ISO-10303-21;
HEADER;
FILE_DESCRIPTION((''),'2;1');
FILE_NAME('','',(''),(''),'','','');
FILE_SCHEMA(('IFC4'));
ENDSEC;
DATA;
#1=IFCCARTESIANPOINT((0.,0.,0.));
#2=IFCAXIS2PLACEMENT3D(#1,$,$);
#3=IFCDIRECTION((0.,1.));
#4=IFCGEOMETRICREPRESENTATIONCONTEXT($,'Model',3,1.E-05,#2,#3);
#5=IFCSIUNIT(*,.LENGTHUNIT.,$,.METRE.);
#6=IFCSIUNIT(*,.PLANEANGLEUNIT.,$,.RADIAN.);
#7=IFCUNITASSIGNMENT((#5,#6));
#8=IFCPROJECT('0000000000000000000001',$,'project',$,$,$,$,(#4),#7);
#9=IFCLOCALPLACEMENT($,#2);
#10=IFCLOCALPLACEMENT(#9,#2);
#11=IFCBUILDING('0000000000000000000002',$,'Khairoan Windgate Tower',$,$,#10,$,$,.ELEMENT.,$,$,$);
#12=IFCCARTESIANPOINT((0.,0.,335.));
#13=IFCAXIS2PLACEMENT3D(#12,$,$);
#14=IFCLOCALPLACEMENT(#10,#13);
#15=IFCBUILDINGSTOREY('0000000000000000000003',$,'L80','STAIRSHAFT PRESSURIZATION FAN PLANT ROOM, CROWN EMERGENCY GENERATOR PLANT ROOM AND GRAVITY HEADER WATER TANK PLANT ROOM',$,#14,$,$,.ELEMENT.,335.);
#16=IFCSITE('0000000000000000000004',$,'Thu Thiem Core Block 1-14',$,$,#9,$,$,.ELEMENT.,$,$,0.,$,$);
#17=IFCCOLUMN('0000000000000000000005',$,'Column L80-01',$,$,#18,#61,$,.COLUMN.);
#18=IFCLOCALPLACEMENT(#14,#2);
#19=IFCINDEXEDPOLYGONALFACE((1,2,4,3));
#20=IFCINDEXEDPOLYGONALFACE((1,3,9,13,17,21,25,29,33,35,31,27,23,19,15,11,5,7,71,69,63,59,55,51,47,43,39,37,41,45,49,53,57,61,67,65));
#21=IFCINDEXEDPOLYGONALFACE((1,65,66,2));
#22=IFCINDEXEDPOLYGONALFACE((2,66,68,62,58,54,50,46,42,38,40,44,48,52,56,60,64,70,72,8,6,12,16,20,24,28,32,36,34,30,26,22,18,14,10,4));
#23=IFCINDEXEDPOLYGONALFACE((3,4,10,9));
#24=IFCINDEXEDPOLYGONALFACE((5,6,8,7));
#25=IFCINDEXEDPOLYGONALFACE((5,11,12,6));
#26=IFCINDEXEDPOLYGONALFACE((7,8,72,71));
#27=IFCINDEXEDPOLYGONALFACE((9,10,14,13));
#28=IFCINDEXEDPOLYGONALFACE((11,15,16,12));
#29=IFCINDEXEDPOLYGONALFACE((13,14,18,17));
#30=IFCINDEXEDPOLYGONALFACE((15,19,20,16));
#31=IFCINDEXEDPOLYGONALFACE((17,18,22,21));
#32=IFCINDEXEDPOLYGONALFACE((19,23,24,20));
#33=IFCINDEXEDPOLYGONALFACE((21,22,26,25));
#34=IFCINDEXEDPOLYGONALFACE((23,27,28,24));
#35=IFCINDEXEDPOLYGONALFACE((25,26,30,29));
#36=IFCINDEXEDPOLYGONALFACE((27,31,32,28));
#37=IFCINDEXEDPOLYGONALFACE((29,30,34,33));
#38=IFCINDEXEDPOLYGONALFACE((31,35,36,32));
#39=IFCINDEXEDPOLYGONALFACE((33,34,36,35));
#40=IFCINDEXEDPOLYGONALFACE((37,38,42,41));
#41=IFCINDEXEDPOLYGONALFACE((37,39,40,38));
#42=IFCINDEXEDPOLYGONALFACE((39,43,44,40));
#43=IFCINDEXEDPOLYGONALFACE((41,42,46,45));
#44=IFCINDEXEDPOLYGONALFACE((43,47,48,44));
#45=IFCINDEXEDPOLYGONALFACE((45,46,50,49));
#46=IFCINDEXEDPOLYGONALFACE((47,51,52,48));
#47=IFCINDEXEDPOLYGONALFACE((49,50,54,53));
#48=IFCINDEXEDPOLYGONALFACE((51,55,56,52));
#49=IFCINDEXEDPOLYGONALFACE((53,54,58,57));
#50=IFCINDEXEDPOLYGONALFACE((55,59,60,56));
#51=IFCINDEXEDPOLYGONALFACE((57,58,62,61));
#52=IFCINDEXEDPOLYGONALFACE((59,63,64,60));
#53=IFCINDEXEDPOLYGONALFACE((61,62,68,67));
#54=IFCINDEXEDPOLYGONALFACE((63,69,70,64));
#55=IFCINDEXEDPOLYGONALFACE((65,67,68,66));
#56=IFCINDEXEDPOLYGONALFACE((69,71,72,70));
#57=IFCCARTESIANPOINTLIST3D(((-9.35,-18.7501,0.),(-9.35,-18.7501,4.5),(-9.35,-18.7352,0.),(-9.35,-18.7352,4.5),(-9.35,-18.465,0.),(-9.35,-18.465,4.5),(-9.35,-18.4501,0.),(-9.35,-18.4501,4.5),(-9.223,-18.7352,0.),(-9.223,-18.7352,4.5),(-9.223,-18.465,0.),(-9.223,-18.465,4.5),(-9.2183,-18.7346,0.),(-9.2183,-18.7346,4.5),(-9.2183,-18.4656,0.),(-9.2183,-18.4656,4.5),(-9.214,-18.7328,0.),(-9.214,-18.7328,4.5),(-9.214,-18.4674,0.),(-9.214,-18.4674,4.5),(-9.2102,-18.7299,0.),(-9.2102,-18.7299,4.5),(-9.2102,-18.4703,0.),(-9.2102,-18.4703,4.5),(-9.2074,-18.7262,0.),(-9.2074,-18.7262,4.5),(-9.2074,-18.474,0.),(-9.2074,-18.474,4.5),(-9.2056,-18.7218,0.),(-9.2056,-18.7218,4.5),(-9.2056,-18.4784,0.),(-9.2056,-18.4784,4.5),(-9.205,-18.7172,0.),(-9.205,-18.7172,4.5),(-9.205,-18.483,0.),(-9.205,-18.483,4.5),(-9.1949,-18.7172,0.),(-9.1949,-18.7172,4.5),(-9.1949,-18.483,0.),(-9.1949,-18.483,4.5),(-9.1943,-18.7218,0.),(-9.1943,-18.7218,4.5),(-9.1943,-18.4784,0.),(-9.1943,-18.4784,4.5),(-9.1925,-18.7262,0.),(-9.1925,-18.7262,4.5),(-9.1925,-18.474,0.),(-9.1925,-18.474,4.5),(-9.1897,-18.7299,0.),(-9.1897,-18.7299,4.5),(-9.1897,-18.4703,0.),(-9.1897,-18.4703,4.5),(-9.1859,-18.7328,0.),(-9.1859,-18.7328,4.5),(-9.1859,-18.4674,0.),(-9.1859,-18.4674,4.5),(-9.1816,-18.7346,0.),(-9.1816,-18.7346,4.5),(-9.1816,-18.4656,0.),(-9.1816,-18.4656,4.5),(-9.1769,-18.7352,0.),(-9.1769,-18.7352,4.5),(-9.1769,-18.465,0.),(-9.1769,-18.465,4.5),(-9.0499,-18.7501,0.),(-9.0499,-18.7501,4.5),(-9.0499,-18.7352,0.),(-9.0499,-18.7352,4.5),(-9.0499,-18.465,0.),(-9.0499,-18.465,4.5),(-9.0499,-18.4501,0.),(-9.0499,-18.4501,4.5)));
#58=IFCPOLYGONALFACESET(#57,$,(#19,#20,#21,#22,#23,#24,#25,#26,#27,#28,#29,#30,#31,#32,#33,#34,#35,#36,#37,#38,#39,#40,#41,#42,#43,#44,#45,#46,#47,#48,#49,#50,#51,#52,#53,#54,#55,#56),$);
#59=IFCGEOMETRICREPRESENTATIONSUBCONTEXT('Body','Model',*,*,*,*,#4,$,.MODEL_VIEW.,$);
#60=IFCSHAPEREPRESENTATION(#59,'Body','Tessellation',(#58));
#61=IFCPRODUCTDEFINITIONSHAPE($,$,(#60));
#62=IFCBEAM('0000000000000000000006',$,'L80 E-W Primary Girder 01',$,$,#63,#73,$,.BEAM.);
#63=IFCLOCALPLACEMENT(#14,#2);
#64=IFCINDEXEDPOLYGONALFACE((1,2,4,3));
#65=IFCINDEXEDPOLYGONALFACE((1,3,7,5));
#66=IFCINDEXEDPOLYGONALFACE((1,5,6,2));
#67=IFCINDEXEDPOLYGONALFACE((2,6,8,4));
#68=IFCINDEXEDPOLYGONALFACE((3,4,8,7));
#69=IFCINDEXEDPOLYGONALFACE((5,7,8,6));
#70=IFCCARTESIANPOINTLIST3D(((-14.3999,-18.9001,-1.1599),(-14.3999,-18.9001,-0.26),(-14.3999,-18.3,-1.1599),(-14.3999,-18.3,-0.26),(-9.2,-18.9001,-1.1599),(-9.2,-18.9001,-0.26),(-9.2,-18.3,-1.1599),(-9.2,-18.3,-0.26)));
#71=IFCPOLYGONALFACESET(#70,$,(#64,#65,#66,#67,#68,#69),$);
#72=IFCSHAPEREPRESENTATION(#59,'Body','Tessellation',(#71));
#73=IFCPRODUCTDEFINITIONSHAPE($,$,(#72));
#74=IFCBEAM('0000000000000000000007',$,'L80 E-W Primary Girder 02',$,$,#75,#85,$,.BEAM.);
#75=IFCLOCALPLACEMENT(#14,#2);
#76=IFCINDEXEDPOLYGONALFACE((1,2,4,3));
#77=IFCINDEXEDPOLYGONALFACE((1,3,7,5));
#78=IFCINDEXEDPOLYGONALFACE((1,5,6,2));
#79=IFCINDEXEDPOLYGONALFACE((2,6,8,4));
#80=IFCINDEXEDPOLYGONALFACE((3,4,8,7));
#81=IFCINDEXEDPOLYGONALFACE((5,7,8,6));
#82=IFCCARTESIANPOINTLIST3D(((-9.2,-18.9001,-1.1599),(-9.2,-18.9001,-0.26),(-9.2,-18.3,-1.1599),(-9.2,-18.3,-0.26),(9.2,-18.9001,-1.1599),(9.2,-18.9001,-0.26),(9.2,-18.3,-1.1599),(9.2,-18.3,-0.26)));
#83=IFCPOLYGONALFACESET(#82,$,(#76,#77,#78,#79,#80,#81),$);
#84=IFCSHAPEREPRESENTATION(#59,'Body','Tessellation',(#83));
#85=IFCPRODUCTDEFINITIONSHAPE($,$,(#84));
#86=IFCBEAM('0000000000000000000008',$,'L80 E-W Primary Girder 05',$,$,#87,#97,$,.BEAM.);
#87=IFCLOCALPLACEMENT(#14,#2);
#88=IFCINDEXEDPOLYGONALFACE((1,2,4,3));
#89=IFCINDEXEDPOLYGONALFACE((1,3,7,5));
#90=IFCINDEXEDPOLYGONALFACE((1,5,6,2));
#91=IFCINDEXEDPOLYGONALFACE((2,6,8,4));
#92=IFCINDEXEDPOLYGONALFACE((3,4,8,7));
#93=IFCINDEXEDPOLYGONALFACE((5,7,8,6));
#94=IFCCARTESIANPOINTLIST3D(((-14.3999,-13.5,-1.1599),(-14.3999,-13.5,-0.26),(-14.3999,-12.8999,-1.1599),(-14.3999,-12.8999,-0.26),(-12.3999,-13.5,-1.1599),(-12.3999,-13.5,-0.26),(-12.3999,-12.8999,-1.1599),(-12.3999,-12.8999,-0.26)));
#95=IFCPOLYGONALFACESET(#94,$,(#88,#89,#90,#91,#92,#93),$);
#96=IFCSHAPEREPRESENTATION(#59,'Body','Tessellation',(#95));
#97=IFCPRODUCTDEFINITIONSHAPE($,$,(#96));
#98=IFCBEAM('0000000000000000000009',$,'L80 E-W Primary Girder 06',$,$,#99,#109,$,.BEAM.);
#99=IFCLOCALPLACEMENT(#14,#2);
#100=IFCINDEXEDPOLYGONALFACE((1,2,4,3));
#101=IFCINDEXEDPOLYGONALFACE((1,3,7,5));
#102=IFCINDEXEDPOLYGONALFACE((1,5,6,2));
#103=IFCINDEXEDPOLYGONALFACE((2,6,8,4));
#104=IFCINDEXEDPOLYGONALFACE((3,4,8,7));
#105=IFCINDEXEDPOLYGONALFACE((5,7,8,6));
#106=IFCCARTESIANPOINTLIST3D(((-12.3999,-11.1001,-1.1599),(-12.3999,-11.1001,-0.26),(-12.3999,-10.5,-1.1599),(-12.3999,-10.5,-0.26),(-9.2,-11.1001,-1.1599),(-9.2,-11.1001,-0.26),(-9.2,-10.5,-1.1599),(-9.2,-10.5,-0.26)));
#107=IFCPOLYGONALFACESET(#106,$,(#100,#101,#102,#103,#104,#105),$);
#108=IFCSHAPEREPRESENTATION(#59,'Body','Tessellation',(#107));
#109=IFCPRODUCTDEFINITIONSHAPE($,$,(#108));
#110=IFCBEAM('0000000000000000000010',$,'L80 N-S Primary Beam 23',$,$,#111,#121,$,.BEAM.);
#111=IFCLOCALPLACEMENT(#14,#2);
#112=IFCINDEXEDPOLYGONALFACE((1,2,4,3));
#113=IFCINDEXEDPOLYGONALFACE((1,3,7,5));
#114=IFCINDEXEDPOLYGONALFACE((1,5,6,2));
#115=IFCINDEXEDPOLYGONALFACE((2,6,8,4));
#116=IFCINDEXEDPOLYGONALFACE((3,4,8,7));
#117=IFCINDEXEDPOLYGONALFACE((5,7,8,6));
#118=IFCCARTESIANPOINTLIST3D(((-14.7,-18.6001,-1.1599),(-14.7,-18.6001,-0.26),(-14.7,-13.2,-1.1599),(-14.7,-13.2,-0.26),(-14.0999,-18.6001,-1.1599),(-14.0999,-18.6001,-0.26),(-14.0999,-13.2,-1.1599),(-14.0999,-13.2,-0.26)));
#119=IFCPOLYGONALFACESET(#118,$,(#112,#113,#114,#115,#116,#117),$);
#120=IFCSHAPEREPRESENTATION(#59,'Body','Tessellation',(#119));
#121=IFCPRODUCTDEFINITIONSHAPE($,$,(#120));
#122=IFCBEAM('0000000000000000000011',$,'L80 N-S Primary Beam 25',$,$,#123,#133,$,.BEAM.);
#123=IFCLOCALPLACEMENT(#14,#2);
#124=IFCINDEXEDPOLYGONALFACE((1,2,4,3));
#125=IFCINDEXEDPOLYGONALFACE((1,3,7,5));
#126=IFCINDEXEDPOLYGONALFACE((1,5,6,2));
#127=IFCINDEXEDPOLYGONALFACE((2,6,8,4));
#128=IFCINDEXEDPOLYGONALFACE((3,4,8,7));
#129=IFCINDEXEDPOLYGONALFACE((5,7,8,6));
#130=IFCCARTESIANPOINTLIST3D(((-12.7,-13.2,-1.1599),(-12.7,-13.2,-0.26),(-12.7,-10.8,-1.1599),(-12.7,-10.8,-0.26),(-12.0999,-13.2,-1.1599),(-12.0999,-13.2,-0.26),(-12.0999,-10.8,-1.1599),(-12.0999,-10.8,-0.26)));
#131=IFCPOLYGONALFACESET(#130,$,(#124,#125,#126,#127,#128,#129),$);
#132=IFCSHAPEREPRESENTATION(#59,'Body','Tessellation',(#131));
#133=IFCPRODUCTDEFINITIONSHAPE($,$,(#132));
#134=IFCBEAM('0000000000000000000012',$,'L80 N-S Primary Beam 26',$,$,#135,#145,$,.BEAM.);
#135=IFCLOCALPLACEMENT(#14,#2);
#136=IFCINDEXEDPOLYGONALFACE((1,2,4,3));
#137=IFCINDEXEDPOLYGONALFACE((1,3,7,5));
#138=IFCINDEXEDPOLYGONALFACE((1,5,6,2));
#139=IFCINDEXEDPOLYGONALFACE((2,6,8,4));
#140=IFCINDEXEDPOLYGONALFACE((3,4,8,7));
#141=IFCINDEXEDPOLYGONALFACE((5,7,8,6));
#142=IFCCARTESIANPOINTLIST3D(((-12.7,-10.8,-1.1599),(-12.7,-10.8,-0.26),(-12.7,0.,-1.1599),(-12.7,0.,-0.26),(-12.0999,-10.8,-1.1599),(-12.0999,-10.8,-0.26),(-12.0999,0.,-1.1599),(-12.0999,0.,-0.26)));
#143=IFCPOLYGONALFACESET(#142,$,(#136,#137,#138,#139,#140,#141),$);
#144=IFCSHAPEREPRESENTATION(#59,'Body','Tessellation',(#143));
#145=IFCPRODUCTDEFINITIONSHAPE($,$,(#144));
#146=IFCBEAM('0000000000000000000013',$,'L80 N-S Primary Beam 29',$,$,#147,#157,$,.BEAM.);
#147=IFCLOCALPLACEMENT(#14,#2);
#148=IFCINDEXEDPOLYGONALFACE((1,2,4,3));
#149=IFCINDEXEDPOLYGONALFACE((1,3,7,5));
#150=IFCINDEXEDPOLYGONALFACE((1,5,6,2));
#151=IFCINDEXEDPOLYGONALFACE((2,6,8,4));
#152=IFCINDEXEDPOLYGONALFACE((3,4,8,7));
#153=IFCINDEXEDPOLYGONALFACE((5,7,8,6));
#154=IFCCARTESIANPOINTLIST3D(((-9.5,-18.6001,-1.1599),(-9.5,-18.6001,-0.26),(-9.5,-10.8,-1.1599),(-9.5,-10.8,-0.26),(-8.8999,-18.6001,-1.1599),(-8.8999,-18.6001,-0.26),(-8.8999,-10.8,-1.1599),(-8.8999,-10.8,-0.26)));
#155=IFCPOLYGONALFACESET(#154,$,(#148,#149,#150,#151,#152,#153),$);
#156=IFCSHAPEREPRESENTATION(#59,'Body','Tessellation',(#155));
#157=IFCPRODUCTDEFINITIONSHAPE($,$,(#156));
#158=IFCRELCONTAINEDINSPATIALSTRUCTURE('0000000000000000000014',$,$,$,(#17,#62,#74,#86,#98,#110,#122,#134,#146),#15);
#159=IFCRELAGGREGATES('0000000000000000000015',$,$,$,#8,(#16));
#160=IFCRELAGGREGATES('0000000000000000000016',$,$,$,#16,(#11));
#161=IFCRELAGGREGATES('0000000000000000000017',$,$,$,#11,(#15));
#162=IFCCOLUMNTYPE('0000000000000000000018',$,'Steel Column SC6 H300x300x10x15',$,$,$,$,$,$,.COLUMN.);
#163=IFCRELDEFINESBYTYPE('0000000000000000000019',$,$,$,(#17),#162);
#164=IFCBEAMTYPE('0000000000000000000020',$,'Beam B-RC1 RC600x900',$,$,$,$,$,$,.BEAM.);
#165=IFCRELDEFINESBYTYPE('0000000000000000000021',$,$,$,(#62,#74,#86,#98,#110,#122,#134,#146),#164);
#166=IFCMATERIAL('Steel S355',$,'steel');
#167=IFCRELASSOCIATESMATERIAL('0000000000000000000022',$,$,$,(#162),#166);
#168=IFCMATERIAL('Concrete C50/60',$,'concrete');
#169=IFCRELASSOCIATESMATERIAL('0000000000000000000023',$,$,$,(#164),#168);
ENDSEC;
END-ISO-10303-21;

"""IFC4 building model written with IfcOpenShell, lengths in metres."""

from ifc_helpers import new_model, si_unit, direction, frame, origin, origin_2d, place, context, subcontext, project, spatial, rectangle, i_section, extrude, material, material_profile, profile_set, type_object, element, save


model = new_model("IFC4")

# Units and contexts
model_context = context("Model", 3, precision=1e-05, world=origin(), true_north=direction((0.0, 1.0)))
body_context = subcontext(model_context, "Body", "Model", "MODEL_VIEW")
ifc_project = project(units=[si_unit("LENGTHUNIT", "METRE"), si_unit("PLANEANGLEUNIT", "RADIAN")], contexts=[model_context])

# Site, building, storey
site_placement = place(None, origin())
site = spatial("IfcSite", under=ifc_project, at=site_placement, Name="Thu Thiem Core Block 1-14", CompositionType="ELEMENT", RefElevation=0.0)
building_placement = place(site_placement, origin())
building = spatial("IfcBuilding", under=site, at=building_placement, Name="Khairoan Windgate Tower", CompositionType="ELEMENT")
storey_placement = place(building_placement, frame((0.0, 0.0, 335.0)))
storey = spatial("IfcBuildingStorey", under=building, at=storey_placement, Name="L80", Description="STAIRSHAFT PRESSURIZATION FAN PLANT ROOM, CROWN EMERGENCY GENERATOR PLANT ROOM AND GRAVITY HEADER WATER TANK PLANT ROOM", CompositionType="ELEMENT", Elevation=335.0)

# Column
ifc_material_1 = material(Name="Steel S355", Category="steel")
ifc_material_profile_1 = material_profile(ifc_material_1, i_section(OverallWidth=0.3, OverallDepth=0.3, WebThickness=0.01, FlangeThickness=0.0149, FilletRadius=0.0181, at=origin_2d()))
ifc_profile_set_1 = profile_set([ifc_material_profile_1], Name="Steel S355")
column_type = type_object("IfcColumnType", Name="Steel Column SC6 H300x300x10x15", PredefinedType="COLUMN", material=ifc_profile_set_1)
column_placement = place(storey_placement, frame((-9.2, -18.6001, 0.0), z_axis=(0.0, 0.0, 1.0), x_axis=(1.0, 0.0, 0.0)))
element("IfcColumn", 1, at=column_placement, inside=storey, type_object=column_type, Name="Column L80-01", PredefinedType="COLUMN", context=body_context, shape_type="SweptSolid", body=[
    extrude(i_section(OverallWidth=0.3, OverallDepth=0.3, WebThickness=0.01, FlangeThickness=0.0149, FilletRadius=0.0181, at=origin_2d()), origin(), (0.0, 0.0, 1.0), 4.5),
])

# Beams
ifc_material_2 = material(Name="Concrete C50/60", Category="concrete")
ifc_material_profile_2 = material_profile(ifc_material_2, rectangle(XDim=0.6001, YDim=0.8999, at=origin_2d()))
ifc_profile_set_2 = profile_set([ifc_material_profile_2], Name="Concrete C50/60")
beam_type = type_object("IfcBeamType", Name="Beam B-RC1 RC600x900", PredefinedType="BEAM", material=ifc_profile_set_2)
beam_1_placement = place(storey_placement, frame((-14.3999, -18.6001, -0.71), z_axis=(1.0, 0.0, 0.0), x_axis=(0.0, 1.0, 0.0)))
element("IfcBeam", 2, at=beam_1_placement, inside=storey, type_object=beam_type, Name="L80 E-W Primary Girder 01", PredefinedType="BEAM", context=body_context, shape_type="SweptSolid", body=[
    extrude(rectangle(XDim=0.6001, YDim=0.8999, at=origin_2d()), origin(), (0.0, 0.0, 1.0), 5.2),
])
beam_2_placement = place(storey_placement, frame((-9.2, -18.6001, -0.71), z_axis=(1.0, 0.0, 0.0), x_axis=(0.0, 1.0, 0.0)))
element("IfcBeam", 3, at=beam_2_placement, inside=storey, type_object=beam_type, Name="L80 E-W Primary Girder 02", PredefinedType="BEAM", context=body_context, shape_type="SweptSolid", body=[
    extrude(rectangle(XDim=0.6001, YDim=0.8999, at=origin_2d()), origin(), (0.0, 0.0, 1.0), 18.3999),
])
beam_3_placement = place(storey_placement, frame((-14.3999, -13.2, -0.71), z_axis=(1.0, 0.0, 0.0), x_axis=(0.0, 1.0, 0.0)))
element("IfcBeam", 4, at=beam_3_placement, inside=storey, type_object=beam_type, Name="L80 E-W Primary Girder 05", PredefinedType="BEAM", context=body_context, shape_type="SweptSolid", body=[
    extrude(rectangle(XDim=0.6001, YDim=0.8999, at=origin_2d()), origin(), (0.0, 0.0, 1.0), 2.0),
])
beam_4_placement = place(storey_placement, frame((-12.3999, -10.8, -0.71), z_axis=(1.0, 0.0, 0.0), x_axis=(0.0, 1.0, 0.0)))
element("IfcBeam", 5, at=beam_4_placement, inside=storey, type_object=beam_type, Name="L80 E-W Primary Girder 06", PredefinedType="BEAM", context=body_context, shape_type="SweptSolid", body=[
    extrude(rectangle(XDim=0.6001, YDim=0.8999, at=origin_2d()), origin(), (0.0, 0.0, 1.0), 3.2),
])
beam_5_placement = place(storey_placement, frame((-14.3999, -18.6001, -0.71), z_axis=(0.0, 1.0, 0.0), x_axis=(-1.0, 0.0, 0.0)))
element("IfcBeam", 6, at=beam_5_placement, inside=storey, type_object=beam_type, Name="L80 N-S Primary Beam 23", PredefinedType="BEAM", context=body_context, shape_type="SweptSolid", body=[
    extrude(rectangle(XDim=0.6001, YDim=0.8999, at=origin_2d()), origin(), (0.0, 0.0, 1.0), 5.4001),
])
beam_6_placement = place(storey_placement, frame((-12.3999, -13.2, -0.71), z_axis=(0.0, 1.0, 0.0), x_axis=(-1.0, 0.0, 0.0)))
element("IfcBeam", 7, at=beam_6_placement, inside=storey, type_object=beam_type, Name="L80 N-S Primary Beam 25", PredefinedType="BEAM", context=body_context, shape_type="SweptSolid", body=[
    extrude(rectangle(XDim=0.6001, YDim=0.8999, at=origin_2d()), origin(), (0.0, 0.0, 1.0), 2.3999),
])
beam_7_placement = place(storey_placement, frame((-12.3999, -10.8, -0.71), z_axis=(0.0, 1.0, 0.0), x_axis=(-1.0, 0.0, 0.0)))
element("IfcBeam", 8, at=beam_7_placement, inside=storey, type_object=beam_type, Name="L80 N-S Primary Beam 26", PredefinedType="BEAM", context=body_context, shape_type="SweptSolid", body=[
    extrude(rectangle(XDim=0.6001, YDim=0.8999, at=origin_2d()), origin(), (0.0, 0.0, 1.0), 10.8),
])
beam_8_placement = place(storey_placement, frame((-9.2, -18.6001, -0.71), z_axis=(0.0, 1.0, 0.0), x_axis=(-1.0, 0.0, 0.0)))
element("IfcBeam", 9, at=beam_8_placement, inside=storey, type_object=beam_type, Name="L80 N-S Primary Beam 29", PredefinedType="BEAM", context=body_context, shape_type="SweptSolid", body=[
    extrude(rectangle(XDim=0.6001, YDim=0.8999, at=origin_2d()), origin(), (0.0, 0.0, 1.0), 7.8),
])

save(model, "model.ifc")
